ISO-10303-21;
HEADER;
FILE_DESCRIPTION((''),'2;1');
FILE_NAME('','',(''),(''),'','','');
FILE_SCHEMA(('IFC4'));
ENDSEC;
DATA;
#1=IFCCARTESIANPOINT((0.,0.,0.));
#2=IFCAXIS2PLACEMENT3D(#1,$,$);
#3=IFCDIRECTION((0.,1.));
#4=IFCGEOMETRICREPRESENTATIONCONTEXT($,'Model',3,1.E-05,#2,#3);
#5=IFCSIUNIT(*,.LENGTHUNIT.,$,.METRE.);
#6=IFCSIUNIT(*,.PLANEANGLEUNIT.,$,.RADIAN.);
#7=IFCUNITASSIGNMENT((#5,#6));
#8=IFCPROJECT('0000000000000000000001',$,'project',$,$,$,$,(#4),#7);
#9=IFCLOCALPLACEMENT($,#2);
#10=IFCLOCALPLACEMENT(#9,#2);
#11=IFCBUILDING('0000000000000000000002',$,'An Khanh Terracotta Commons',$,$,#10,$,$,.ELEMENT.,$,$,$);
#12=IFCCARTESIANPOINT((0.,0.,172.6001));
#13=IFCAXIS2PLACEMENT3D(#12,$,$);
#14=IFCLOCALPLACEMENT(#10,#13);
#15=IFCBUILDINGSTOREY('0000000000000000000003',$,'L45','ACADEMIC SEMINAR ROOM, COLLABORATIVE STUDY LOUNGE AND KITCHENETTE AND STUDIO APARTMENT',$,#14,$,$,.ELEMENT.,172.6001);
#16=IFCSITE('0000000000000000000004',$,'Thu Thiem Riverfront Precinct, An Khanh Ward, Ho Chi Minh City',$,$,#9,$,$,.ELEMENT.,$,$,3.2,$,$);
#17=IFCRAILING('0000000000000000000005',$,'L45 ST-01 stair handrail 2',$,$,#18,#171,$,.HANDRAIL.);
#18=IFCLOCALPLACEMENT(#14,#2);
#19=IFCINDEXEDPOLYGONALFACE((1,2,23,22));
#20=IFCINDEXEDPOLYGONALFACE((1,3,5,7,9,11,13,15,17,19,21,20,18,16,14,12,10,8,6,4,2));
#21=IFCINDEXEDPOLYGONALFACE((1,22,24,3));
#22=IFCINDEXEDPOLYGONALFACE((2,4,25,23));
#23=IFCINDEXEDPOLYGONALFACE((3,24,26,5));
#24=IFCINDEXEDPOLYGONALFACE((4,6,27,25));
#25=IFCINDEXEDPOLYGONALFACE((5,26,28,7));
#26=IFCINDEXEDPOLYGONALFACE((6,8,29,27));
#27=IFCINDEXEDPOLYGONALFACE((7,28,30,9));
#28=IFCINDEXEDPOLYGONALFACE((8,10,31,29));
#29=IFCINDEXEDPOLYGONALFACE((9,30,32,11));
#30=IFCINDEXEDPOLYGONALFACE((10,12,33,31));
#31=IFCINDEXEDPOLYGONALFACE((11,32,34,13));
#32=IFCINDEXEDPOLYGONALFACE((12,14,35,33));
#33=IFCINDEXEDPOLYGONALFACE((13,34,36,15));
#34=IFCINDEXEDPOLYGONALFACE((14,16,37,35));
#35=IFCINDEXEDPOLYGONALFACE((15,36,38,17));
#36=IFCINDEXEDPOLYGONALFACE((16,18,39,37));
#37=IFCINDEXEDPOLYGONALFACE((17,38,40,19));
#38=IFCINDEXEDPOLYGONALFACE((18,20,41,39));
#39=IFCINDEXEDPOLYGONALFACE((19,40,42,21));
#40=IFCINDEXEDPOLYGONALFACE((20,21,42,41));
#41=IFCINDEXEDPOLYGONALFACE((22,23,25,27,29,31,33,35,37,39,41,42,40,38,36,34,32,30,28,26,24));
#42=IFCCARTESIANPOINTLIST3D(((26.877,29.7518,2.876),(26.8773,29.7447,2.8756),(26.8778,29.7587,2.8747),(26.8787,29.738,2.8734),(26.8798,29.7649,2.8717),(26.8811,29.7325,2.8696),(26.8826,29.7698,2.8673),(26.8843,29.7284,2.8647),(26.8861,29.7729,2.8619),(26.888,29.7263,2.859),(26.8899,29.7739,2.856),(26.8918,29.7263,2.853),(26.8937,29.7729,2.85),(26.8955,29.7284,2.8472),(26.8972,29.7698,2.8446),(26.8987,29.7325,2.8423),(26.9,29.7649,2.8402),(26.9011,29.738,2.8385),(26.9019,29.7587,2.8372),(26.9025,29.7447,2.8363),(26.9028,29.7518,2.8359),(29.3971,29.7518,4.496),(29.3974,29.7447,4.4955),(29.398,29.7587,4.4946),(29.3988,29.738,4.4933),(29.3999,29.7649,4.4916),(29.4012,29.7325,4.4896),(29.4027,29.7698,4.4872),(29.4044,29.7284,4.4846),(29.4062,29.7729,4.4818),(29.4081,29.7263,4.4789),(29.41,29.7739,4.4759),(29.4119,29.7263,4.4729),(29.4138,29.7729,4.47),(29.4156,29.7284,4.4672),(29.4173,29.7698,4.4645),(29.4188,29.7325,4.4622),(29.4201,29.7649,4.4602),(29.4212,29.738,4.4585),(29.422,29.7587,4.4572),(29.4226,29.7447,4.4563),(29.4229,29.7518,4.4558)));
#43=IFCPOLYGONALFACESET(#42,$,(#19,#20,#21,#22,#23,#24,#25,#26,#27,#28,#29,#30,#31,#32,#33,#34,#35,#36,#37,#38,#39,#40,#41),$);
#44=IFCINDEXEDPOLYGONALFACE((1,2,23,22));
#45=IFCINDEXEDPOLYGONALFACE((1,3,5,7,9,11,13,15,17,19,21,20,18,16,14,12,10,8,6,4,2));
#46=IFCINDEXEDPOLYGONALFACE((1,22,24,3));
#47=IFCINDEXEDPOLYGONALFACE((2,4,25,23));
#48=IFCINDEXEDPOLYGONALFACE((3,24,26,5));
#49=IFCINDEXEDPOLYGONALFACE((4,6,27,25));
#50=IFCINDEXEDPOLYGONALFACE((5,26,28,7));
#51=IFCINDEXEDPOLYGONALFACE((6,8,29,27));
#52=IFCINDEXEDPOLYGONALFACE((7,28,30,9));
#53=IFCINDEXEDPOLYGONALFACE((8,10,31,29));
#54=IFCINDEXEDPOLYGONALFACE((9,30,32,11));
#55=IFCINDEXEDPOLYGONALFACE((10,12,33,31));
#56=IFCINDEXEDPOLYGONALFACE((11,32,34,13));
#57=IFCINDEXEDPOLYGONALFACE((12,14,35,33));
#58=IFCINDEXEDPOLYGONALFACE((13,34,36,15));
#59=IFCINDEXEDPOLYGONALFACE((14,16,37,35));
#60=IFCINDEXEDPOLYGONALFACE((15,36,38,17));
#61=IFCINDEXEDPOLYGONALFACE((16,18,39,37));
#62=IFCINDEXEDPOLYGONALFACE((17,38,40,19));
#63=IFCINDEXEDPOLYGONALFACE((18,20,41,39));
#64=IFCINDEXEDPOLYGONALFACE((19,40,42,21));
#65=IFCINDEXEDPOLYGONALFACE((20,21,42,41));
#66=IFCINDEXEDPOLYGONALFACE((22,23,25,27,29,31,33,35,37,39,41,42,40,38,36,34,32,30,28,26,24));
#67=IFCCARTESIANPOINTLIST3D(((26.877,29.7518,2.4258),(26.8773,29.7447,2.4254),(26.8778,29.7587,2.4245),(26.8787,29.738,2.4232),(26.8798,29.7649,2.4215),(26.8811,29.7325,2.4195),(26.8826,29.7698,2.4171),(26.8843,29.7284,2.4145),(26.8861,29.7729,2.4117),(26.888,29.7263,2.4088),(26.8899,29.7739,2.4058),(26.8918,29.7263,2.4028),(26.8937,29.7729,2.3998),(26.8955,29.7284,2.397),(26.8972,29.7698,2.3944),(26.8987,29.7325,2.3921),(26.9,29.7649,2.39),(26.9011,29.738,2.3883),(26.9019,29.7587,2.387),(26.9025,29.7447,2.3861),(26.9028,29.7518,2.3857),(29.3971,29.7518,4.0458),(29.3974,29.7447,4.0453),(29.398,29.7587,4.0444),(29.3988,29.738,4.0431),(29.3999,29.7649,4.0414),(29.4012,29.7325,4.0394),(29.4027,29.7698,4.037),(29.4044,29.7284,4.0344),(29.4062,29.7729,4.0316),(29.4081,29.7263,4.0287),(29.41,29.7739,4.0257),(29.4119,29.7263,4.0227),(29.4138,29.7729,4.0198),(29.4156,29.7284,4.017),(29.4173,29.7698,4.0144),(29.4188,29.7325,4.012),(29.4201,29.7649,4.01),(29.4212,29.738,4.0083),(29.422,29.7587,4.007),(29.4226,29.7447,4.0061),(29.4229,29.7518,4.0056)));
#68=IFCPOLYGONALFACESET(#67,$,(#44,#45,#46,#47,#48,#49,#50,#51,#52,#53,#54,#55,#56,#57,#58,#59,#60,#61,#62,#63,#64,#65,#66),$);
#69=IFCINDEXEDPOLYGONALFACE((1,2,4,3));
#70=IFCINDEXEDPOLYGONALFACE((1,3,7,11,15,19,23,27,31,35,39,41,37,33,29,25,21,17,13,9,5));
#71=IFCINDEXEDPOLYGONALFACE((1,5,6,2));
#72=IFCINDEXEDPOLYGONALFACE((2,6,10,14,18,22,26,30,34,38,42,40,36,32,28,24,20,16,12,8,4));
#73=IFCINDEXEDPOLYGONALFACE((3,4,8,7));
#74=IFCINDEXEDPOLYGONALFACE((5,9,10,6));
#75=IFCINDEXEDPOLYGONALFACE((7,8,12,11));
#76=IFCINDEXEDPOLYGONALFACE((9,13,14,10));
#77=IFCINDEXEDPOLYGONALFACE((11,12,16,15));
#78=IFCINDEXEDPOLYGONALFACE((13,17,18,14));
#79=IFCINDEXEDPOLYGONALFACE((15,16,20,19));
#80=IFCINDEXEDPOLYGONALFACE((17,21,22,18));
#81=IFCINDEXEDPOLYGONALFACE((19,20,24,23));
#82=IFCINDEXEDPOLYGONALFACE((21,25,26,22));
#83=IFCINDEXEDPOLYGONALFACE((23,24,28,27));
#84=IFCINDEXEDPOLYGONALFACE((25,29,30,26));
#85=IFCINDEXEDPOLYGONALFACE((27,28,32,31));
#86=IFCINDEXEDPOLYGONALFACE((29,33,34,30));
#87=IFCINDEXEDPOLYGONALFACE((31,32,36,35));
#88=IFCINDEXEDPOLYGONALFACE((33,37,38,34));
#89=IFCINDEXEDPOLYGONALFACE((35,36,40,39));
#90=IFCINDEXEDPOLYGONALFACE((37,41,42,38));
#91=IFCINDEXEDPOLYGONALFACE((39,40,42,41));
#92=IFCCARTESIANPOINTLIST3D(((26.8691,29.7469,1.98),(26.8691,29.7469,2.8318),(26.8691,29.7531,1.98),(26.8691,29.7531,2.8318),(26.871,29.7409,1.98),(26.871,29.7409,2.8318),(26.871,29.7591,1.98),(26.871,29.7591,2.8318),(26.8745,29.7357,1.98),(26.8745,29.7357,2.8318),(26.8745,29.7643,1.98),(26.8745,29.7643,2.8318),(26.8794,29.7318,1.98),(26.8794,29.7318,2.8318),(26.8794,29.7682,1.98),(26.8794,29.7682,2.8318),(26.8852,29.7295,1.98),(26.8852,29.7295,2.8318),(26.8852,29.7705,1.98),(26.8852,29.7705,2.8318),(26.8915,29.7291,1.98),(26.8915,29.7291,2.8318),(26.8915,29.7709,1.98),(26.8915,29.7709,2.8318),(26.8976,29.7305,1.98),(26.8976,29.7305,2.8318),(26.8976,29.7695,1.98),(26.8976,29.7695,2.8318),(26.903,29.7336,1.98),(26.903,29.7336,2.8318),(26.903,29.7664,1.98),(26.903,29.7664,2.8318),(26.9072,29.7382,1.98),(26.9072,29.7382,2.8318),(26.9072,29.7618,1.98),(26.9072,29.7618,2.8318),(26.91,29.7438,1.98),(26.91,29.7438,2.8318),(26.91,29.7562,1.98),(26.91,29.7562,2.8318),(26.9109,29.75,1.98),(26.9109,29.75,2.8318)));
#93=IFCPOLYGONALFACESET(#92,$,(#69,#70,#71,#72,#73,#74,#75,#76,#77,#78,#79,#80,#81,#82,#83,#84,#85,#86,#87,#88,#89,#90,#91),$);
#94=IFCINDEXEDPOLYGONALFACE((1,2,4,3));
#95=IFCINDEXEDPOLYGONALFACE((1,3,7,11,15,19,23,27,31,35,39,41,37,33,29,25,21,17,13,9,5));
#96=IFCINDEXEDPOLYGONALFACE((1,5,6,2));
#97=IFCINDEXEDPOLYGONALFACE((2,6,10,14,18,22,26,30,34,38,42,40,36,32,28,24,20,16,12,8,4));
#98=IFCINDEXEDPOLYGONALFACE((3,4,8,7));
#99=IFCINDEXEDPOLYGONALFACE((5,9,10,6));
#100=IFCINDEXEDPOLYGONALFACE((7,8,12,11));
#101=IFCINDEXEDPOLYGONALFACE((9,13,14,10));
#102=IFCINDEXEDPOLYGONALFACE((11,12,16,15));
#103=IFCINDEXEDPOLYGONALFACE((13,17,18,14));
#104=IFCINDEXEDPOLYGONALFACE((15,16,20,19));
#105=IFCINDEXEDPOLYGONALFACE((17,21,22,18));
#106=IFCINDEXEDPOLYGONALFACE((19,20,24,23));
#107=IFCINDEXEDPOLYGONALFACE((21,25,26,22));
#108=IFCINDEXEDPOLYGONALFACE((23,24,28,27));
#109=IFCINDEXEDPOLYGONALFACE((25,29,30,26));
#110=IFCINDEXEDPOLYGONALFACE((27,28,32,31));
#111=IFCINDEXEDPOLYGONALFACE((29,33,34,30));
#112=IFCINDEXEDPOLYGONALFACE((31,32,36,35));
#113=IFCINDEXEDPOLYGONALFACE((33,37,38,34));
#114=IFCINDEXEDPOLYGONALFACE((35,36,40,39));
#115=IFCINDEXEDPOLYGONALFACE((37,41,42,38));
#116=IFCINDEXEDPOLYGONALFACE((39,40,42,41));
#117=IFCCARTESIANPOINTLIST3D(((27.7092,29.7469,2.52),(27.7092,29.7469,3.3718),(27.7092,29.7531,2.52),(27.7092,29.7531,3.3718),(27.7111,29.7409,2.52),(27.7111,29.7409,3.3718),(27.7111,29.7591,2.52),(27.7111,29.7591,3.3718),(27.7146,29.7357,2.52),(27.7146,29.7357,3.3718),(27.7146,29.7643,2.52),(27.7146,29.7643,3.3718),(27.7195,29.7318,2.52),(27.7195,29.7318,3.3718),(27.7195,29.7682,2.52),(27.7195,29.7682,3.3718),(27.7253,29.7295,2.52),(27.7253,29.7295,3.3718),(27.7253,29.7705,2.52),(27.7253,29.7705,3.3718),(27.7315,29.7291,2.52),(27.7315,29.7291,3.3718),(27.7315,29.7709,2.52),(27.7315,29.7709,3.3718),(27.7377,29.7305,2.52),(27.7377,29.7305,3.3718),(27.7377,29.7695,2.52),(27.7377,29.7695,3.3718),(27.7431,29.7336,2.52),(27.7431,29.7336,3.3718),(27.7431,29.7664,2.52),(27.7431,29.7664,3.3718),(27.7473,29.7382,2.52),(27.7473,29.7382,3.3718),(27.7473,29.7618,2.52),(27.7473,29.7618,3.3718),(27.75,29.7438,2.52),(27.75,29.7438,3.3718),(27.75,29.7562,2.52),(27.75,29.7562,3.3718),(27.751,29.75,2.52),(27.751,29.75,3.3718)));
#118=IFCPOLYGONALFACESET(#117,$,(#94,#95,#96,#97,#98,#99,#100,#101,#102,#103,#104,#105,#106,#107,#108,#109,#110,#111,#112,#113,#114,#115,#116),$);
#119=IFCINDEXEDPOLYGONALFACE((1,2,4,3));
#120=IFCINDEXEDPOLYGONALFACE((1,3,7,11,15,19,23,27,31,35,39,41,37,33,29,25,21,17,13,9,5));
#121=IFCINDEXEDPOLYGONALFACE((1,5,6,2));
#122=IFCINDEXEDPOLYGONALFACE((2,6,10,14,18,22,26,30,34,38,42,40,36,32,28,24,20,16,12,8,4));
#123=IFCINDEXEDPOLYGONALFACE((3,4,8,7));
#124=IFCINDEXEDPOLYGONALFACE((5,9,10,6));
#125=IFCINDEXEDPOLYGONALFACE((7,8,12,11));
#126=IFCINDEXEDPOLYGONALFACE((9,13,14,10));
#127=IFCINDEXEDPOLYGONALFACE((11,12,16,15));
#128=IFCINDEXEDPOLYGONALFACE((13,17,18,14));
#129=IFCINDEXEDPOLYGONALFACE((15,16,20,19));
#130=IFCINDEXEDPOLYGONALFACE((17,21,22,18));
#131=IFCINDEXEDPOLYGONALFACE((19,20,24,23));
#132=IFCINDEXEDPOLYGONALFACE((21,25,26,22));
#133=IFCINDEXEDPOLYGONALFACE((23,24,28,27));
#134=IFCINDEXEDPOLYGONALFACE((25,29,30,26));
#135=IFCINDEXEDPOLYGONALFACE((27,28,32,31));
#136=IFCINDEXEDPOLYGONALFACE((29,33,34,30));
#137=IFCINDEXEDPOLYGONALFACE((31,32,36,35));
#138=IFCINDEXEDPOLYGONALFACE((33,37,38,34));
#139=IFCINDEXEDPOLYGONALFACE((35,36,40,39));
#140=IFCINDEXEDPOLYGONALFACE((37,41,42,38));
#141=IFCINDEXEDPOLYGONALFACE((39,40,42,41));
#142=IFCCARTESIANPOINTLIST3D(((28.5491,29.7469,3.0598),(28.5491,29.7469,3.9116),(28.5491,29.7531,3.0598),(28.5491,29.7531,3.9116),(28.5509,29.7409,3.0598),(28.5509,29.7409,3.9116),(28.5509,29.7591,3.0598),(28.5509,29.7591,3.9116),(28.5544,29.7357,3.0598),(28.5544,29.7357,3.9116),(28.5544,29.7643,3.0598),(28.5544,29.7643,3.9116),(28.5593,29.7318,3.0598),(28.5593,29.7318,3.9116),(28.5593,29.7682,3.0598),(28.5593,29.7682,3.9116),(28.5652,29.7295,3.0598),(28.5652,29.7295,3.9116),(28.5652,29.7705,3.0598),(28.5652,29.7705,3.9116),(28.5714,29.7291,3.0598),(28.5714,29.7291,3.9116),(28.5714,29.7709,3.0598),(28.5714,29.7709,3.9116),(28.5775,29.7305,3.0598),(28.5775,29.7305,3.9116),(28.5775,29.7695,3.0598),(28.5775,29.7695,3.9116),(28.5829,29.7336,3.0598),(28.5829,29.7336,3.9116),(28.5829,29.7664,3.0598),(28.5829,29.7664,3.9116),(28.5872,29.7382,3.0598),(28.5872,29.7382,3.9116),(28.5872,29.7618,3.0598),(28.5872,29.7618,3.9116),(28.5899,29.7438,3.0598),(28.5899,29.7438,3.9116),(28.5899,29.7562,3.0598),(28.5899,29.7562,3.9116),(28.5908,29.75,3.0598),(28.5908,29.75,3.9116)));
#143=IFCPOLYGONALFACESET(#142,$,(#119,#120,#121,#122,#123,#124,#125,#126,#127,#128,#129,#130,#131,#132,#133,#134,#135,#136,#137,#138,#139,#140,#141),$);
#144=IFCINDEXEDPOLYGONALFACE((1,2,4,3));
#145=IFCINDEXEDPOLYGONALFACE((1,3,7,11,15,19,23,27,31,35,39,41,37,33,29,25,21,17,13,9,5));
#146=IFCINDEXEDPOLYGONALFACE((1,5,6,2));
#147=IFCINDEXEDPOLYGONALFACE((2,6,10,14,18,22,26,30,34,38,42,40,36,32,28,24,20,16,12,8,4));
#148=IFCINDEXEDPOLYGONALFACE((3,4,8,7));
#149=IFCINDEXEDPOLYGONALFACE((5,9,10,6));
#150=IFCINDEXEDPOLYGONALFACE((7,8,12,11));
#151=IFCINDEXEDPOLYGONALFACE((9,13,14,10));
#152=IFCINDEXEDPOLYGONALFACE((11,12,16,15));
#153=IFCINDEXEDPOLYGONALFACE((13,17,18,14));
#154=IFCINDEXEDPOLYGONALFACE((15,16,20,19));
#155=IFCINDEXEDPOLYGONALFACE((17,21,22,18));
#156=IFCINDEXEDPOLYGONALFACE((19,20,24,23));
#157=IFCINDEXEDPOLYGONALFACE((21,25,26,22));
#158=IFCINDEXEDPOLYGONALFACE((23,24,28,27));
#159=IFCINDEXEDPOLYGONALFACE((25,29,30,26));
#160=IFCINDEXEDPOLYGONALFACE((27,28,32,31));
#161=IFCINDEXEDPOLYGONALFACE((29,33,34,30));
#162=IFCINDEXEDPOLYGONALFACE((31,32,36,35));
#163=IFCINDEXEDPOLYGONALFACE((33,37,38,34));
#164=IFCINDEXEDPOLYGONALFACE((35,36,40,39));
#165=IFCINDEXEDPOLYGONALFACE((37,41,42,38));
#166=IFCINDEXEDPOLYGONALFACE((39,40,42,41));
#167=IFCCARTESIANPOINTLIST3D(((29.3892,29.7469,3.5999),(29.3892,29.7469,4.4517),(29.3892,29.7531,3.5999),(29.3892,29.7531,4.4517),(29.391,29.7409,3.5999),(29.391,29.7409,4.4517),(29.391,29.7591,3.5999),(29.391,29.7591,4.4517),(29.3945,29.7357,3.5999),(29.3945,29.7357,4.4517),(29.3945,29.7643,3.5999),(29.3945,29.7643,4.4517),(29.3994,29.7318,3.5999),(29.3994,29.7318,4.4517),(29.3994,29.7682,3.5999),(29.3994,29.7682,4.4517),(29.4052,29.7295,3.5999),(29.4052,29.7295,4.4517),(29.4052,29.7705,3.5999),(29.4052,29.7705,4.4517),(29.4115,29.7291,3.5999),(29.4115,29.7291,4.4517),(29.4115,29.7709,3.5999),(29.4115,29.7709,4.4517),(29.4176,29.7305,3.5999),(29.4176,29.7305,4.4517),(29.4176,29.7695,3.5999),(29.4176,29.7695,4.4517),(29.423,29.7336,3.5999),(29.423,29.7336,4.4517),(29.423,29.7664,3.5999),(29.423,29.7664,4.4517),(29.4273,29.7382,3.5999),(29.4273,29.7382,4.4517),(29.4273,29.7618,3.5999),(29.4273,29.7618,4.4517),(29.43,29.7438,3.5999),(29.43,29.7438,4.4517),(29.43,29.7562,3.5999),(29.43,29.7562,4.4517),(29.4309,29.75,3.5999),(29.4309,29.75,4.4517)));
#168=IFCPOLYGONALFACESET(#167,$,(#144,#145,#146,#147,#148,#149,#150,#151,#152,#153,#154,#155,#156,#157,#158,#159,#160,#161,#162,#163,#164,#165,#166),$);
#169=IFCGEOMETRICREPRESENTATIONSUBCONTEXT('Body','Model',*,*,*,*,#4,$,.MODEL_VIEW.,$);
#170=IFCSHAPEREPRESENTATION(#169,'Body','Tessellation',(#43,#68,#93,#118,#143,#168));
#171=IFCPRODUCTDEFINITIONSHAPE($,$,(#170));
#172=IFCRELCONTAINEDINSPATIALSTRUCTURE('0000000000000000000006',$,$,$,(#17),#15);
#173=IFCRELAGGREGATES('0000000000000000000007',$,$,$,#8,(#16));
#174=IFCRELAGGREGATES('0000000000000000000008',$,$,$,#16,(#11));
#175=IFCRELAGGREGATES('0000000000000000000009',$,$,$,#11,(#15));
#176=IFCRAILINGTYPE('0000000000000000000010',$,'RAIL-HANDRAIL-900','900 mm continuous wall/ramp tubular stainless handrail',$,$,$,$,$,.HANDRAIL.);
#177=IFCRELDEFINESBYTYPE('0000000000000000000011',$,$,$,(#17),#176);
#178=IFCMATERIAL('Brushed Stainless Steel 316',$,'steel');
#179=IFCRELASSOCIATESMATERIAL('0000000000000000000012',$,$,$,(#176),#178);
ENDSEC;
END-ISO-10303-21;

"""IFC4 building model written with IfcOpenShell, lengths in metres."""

from ifc_helpers import new_model, si_unit, direction, frame, origin, origin_2d, place, context, subcontext, project, spatial, circle, extrude, material, type_object, element, save


model = new_model("IFC4")

# Units and contexts
model_context = context("Model", 3, precision=1e-05, world=origin(), true_north=direction((0.0, 1.0)))
body_context = subcontext(model_context, "Body", "Model", "MODEL_VIEW")
ifc_project = project(units=[si_unit("LENGTHUNIT", "METRE"), si_unit("PLANEANGLEUNIT", "RADIAN")], contexts=[model_context])

# Site, building, storey
site_placement = place(None, origin())
site = spatial("IfcSite", under=ifc_project, at=site_placement, Name="Thu Thiem Riverfront Precinct, An Khanh Ward, Ho Chi Minh City", CompositionType="ELEMENT", RefElevation=3.2)
building_placement = place(site_placement, origin())
building = spatial("IfcBuilding", under=site, at=building_placement, Name="An Khanh Terracotta Commons", CompositionType="ELEMENT")
storey_placement = place(building_placement, frame((0.0, 0.0, 172.6001)))
storey = spatial("IfcBuildingStorey", under=building, at=storey_placement, Name="L45", Description="ACADEMIC SEMINAR ROOM, COLLABORATIVE STUDY LOUNGE AND KITCHENETTE AND STUDIO APARTMENT", CompositionType="ELEMENT", Elevation=172.6001)

# Railing
ifc_material_1 = material(Name="Brushed Stainless Steel 316", Category="steel")
railing_type_1 = type_object("IfcRailingType", Name="RAIL-HANDRAIL-900", Description="900 mm continuous wall/ramp tubular stainless handrail", PredefinedType="HANDRAIL", material=ifc_material_1)
railing_1_placement = place(storey_placement, frame((26.8899, 29.75, 1.98)))
element("IfcRailing", 1, at=railing_1_placement, inside=storey, type_object=railing_type_1, Name="L45 ST-01 stair handrail 2", PredefinedType="HANDRAIL", context=body_context, shape_type="SweptSolid", body=[
    extrude(circle(Radius=0.0239, at=origin_2d()), frame((0.0, 0.0, 0.876), z_axis=(0.8412, 0.0, 0.540725), x_axis=(0.0, 1.0, 0.0)), (0.0, 0.0, 1.0), 2.9958),
    extrude(circle(Radius=0.0239, at=origin_2d()), frame((0.0, 0.0, 0.4258), z_axis=(0.8412, 0.0, 0.540725), x_axis=(0.0, 1.0, 0.0)), (0.0, 0.0, 1.0), 2.9958),
    extrude(circle(Radius=0.021, at=origin_2d()), origin(), (0.0, 0.0, 1.0), 0.8518),
    extrude(circle(Radius=0.021, at=origin_2d()), frame((0.8401, 0.0, 0.54)), (0.0, 0.0, 1.0), 0.8518),
    extrude(circle(Radius=0.021, at=origin_2d()), frame((1.6799, 0.0, 1.0798)), (0.0, 0.0, 1.0), 0.8518),
    extrude(circle(Radius=0.021, at=origin_2d()), frame((2.52, 0.0, 1.6199)), (0.0, 0.0, 1.0), 0.8518),
])

save(model, "model.ifc")
